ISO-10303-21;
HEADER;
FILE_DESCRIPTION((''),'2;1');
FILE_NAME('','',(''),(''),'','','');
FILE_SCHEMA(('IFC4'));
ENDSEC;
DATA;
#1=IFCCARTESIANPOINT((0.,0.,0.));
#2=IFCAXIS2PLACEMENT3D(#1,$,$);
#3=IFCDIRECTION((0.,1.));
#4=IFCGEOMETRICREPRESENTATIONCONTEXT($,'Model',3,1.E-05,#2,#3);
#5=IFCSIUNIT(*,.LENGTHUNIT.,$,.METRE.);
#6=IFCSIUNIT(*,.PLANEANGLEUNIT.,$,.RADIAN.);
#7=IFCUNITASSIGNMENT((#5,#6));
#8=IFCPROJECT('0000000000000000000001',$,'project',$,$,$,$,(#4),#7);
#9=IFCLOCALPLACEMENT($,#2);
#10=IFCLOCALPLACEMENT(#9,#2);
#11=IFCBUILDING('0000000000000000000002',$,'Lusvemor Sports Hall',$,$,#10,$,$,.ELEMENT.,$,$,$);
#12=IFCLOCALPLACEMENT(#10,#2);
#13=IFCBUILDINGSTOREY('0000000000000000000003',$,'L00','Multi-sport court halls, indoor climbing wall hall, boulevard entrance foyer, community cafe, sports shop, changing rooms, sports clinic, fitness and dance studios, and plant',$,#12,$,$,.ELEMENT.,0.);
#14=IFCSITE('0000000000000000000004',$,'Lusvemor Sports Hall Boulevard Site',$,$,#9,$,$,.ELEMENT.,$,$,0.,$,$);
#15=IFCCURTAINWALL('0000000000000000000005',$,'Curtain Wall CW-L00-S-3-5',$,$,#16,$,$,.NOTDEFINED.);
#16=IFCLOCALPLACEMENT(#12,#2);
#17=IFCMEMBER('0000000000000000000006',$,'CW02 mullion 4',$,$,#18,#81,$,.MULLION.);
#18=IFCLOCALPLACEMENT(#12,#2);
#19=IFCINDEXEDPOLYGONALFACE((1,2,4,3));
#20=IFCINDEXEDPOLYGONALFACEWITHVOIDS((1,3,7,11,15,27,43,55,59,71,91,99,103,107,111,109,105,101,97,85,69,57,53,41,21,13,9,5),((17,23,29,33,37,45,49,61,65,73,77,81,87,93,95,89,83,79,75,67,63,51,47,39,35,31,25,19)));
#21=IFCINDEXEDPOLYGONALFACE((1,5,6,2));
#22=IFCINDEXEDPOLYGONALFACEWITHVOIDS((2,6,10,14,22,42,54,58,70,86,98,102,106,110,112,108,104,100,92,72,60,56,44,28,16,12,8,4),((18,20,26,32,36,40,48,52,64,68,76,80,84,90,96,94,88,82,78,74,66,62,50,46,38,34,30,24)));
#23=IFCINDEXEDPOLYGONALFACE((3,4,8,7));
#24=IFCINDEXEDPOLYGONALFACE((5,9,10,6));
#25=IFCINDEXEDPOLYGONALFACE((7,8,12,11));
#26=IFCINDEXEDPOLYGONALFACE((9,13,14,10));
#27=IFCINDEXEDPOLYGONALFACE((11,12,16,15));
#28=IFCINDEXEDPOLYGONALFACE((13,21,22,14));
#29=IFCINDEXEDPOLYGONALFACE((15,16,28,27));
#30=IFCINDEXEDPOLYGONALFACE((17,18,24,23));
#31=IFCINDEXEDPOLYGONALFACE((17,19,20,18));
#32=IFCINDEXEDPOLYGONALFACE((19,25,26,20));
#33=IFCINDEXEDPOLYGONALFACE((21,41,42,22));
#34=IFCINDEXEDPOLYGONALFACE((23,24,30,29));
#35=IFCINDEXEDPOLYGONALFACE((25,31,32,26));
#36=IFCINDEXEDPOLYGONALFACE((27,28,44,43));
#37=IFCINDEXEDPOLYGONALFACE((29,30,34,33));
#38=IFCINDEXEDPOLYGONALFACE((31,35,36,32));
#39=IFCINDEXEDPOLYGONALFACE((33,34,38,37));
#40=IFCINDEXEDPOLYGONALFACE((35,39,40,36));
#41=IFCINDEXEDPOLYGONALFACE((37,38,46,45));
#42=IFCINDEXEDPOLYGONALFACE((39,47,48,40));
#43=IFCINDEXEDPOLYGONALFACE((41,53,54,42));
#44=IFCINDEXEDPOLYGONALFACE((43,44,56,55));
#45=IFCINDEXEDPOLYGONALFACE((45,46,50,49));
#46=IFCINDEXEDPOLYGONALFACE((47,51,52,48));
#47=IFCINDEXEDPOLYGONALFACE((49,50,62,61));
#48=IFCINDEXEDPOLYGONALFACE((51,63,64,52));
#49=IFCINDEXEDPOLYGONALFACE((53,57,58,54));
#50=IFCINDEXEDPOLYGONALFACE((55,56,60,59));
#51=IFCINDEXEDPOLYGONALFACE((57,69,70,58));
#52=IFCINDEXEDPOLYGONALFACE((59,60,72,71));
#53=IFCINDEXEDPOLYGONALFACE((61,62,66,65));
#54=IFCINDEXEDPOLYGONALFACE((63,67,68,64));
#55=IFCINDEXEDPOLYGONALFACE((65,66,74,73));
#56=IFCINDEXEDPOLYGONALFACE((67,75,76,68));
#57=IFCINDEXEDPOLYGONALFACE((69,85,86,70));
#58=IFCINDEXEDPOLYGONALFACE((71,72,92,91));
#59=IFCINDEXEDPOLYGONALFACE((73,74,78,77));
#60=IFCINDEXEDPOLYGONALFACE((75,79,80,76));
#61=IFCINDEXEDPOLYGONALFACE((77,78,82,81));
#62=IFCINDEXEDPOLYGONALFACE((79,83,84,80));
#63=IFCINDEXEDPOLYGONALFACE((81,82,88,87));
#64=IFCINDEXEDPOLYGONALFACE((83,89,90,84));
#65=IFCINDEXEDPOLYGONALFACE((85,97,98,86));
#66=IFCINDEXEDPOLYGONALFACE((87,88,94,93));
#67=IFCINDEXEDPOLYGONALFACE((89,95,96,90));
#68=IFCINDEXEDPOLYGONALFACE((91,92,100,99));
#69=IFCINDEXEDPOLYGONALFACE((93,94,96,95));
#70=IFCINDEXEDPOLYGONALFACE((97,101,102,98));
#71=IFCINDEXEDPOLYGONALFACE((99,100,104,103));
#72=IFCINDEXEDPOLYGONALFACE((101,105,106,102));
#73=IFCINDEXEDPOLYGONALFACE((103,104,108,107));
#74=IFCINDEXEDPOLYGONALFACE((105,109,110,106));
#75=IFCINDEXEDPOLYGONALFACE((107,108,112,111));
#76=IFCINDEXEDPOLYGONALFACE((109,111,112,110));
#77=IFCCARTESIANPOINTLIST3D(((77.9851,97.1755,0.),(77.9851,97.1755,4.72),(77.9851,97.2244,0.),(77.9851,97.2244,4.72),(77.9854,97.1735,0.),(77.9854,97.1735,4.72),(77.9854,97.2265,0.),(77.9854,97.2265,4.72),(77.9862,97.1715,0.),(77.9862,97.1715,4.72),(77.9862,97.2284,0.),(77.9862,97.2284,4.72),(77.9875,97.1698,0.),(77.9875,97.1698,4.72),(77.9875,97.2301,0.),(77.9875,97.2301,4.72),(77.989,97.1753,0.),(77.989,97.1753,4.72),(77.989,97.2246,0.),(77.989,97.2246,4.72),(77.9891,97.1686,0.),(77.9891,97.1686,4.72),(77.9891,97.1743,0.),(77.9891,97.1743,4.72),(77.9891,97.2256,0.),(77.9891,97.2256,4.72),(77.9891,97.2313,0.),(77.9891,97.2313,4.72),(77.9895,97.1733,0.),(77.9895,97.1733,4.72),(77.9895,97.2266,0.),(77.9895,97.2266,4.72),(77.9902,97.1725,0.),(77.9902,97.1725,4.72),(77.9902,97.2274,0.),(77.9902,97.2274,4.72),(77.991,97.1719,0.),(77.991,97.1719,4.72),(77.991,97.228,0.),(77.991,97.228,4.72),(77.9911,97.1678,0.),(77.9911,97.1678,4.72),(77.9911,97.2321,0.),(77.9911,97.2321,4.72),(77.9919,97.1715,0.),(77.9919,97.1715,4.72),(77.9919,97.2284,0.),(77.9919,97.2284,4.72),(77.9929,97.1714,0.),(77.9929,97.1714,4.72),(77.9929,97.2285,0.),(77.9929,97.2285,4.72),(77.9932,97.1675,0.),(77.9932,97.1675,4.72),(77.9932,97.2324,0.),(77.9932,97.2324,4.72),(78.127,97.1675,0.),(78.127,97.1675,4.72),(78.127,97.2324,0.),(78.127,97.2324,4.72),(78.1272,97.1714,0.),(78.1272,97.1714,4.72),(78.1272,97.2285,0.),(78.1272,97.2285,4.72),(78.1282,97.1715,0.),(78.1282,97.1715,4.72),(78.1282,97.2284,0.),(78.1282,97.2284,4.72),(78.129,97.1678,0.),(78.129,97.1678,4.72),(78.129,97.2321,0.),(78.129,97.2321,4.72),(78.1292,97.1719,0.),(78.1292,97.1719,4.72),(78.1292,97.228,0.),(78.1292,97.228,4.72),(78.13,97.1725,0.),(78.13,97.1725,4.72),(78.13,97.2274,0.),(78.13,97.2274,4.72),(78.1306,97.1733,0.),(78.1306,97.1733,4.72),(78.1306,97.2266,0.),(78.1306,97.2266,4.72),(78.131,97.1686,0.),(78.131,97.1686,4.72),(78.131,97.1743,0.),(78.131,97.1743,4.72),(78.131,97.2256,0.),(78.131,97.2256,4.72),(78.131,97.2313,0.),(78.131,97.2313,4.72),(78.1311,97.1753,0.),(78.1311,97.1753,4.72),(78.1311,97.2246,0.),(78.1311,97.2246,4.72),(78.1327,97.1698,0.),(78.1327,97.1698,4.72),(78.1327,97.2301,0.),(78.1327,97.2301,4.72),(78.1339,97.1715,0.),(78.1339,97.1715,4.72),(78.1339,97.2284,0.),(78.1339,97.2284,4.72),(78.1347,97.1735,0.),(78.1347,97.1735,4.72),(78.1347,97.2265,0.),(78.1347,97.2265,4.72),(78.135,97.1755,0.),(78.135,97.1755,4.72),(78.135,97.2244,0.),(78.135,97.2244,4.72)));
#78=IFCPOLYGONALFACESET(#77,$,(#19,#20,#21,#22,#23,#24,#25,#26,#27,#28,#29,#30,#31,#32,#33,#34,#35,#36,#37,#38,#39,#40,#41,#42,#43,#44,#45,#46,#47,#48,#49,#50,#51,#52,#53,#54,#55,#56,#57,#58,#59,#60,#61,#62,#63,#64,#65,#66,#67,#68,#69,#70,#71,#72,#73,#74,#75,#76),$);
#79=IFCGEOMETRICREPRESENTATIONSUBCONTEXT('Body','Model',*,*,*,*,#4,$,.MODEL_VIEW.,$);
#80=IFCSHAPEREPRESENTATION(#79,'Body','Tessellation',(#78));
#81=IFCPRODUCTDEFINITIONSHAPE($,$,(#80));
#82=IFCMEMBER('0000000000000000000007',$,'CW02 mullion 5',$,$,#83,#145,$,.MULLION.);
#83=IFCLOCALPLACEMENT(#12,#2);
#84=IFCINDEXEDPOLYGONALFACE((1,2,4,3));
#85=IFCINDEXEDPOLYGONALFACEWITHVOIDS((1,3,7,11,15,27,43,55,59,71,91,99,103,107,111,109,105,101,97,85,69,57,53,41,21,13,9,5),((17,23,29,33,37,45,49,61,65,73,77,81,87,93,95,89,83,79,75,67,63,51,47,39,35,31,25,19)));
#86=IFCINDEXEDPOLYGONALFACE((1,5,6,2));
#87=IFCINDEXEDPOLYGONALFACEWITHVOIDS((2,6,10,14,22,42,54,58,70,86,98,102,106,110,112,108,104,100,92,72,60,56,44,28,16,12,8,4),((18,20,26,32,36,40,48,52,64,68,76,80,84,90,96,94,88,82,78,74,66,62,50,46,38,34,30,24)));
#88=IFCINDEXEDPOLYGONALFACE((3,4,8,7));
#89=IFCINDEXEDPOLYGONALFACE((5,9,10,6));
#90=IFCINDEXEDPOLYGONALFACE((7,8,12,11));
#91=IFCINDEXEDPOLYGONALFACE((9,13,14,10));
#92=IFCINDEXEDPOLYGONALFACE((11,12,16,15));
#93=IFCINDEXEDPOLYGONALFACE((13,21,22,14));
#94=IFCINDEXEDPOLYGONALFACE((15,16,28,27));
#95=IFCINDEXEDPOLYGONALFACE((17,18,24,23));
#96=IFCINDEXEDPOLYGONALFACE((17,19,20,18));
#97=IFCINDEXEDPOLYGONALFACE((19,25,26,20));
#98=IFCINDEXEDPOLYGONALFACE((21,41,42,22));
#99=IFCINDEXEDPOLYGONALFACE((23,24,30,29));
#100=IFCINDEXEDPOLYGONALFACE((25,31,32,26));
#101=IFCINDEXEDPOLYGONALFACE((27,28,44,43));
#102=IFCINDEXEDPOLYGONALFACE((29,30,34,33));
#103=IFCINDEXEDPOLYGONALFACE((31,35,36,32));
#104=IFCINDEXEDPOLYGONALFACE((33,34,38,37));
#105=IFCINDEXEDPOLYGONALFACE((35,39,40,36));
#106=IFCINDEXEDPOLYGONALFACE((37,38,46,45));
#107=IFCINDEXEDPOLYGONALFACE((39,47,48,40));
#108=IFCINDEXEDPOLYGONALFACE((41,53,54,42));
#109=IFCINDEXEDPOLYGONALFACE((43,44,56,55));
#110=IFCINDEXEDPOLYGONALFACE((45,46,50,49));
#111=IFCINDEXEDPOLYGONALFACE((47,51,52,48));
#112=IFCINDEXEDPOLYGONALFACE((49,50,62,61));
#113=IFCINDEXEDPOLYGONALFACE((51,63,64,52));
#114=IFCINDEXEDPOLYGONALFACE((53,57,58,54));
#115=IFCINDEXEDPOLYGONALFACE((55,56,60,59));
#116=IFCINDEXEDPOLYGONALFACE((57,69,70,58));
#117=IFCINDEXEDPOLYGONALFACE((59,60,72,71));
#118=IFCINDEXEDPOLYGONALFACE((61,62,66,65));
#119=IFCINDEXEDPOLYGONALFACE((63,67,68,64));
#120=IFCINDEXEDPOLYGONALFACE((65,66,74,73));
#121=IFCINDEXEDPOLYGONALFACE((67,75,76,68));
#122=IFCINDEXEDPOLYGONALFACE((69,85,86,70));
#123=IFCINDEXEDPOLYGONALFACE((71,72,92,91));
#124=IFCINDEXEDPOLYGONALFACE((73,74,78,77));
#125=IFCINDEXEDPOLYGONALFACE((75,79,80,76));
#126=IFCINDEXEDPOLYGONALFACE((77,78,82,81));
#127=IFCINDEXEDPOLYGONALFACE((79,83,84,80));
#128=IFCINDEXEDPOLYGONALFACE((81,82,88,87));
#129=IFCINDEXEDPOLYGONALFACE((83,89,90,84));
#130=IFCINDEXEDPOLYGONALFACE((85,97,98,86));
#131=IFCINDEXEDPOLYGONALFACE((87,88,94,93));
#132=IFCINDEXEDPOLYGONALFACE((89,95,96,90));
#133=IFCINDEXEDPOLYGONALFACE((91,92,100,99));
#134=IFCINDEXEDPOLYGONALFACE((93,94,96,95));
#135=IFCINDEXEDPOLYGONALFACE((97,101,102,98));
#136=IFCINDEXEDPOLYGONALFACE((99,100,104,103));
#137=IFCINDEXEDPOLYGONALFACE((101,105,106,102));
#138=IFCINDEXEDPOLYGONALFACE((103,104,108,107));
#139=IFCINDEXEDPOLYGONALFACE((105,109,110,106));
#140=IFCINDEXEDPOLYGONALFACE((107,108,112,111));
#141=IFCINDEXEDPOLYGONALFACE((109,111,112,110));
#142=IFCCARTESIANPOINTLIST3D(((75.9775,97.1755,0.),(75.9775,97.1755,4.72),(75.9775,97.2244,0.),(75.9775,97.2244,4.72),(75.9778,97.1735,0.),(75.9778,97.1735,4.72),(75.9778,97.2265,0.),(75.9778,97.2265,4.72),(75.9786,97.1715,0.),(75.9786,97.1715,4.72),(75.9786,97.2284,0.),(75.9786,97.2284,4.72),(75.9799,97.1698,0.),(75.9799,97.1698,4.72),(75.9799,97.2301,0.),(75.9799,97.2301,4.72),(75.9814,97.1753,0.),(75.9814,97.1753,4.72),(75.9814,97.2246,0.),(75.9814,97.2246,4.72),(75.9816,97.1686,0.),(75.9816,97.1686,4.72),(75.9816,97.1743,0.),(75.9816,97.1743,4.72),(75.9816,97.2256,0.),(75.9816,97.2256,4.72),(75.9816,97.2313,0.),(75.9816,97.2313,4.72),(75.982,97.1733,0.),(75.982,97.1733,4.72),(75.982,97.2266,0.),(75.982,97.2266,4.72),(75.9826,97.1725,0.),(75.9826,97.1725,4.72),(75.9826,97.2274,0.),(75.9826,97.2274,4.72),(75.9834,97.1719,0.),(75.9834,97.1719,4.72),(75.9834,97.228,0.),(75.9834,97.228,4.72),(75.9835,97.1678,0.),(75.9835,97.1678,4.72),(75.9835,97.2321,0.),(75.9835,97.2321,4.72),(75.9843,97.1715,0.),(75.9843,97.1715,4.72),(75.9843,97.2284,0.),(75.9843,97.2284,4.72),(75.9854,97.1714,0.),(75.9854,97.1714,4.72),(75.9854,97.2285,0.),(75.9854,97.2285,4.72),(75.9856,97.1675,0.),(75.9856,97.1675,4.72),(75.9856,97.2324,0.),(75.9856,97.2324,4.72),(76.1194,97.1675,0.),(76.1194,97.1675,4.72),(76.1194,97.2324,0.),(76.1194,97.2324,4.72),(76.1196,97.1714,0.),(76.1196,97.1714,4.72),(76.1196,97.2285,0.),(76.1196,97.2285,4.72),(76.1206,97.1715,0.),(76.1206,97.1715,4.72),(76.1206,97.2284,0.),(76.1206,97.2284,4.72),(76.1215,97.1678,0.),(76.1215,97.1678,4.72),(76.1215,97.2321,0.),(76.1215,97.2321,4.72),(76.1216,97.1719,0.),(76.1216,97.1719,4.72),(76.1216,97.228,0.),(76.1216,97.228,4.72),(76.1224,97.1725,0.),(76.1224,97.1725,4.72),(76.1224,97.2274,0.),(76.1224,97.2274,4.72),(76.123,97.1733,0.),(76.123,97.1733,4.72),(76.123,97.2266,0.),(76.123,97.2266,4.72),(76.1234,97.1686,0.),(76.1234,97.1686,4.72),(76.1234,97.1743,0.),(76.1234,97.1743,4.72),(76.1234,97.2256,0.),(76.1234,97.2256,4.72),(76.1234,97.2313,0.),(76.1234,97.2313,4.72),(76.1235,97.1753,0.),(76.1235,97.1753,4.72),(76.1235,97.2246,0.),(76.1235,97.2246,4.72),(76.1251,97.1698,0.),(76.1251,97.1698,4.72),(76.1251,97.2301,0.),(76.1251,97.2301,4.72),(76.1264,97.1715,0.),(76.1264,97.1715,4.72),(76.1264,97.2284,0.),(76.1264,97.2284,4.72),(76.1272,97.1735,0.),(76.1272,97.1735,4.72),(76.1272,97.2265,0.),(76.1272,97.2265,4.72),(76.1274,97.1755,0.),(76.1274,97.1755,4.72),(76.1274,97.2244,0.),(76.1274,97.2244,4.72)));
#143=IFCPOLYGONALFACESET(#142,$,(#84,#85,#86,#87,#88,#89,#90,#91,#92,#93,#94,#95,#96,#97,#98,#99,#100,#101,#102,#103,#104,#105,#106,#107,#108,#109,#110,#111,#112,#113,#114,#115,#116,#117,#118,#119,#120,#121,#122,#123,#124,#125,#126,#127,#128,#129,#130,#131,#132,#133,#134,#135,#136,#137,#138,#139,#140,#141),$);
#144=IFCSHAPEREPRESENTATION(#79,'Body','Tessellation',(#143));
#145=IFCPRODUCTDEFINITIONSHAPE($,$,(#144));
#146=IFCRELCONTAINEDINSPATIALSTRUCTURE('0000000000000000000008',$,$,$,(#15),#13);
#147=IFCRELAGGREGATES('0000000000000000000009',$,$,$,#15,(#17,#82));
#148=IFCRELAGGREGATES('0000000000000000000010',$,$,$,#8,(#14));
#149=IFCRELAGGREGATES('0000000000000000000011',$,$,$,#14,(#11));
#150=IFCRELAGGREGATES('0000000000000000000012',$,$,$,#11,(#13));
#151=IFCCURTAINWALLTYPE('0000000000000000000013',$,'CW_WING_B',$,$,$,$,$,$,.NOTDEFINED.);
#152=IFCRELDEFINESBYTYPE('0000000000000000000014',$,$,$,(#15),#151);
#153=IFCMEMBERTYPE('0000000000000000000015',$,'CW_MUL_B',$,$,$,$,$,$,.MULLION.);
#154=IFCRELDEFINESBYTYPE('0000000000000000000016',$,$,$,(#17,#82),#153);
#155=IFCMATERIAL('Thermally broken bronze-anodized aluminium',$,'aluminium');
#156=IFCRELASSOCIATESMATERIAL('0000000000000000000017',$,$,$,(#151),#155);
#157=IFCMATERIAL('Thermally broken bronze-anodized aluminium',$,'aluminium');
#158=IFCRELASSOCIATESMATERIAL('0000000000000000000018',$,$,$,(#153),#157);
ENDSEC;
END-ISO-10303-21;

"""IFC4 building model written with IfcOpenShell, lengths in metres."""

from ifc_helpers import new_model, si_unit, direction, frame, origin, origin_2d, place, context, subcontext, project, spatial, hollow_rectangle, extrude, material, material_profile, profile_set, type_object, element, aggregate, save


model = new_model("IFC4")

# Units and contexts
model_context = context("Model", 3, precision=1e-05, world=origin(), true_north=direction((0.0, 1.0)))
body_context = subcontext(model_context, "Body", "Model", "MODEL_VIEW")
ifc_project = project(units=[si_unit("LENGTHUNIT", "METRE"), si_unit("PLANEANGLEUNIT", "RADIAN")], contexts=[model_context])

# Site, building, storey
site_placement = place(None, origin())
site = spatial("IfcSite", under=ifc_project, at=site_placement, Name="Lusvemor Sports Hall Boulevard Site", CompositionType="ELEMENT", RefElevation=0.0)
building_placement = place(site_placement, origin())
building = spatial("IfcBuilding", under=site, at=building_placement, Name="Lusvemor Sports Hall", CompositionType="ELEMENT")
storey_placement = place(building_placement, origin())
storey = spatial("IfcBuildingStorey", under=building, at=storey_placement, Name="L00", Description="Multi-sport court halls, indoor climbing wall hall, boulevard entrance foyer, community cafe, sports shop, changing rooms, sports clinic, fitness and dance studios, and plant", CompositionType="ELEMENT", Elevation=0.0)

# Curtain wall, members
ifc_material_1 = material(Name="Thermally broken bronze-anodized aluminium", Category="aluminium")
curtain_wall_type = type_object("IfcCurtainWallType", Name="CW_WING_B", PredefinedType="NOTDEFINED", material=ifc_material_1)
curtain_wall_placement = place(storey_placement, origin())
curtain_wall = element("IfcCurtainWall", 1, at=curtain_wall_placement, inside=storey, type_object=curtain_wall_type, Name="Curtain Wall CW-L00-S-3-5", PredefinedType="NOTDEFINED")
ifc_material_2 = material(Name="Thermally broken bronze-anodized aluminium", Category="aluminium")
ifc_material_profile_1 = material_profile(ifc_material_2, hollow_rectangle(XDim=0.0649, YDim=0.1499, WallThickness=0.0039, InnerFilletRadius=0.0039, OuterFilletRadius=0.0081, at=origin_2d()), Name="CWMUL150x65x4")
ifc_profile_set_1 = profile_set([ifc_material_profile_1], Name="Thermally broken bronze-anodized aluminium")
member_type_1 = type_object("IfcMemberType", Name="CW_MUL_B", PredefinedType="MULLION", material=ifc_profile_set_1)
member_1_placement = place(storey_placement, frame((78.0601, 97.2, 0.0), z_axis=(0.0, 0.0, 1.0), x_axis=(0.0, -1.0, 0.0)))
member_1 = element("IfcMember", 2, at=member_1_placement, type_object=member_type_1, Name="CW02 mullion 4", PredefinedType="MULLION", context=body_context, shape_type="SweptSolid", body=[
    extrude(hollow_rectangle(XDim=0.0649, YDim=0.1499, WallThickness=0.0039, InnerFilletRadius=0.0039, OuterFilletRadius=0.0081, at=origin_2d()), origin(), (0.0, 0.0, 1.0), 4.72),
])
member_2_placement = place(storey_placement, frame((76.0525, 97.2, 0.0), z_axis=(0.0, 0.0, 1.0), x_axis=(0.0, -1.0, 0.0)))
member_2 = element("IfcMember", 3, at=member_2_placement, type_object=member_type_1, Name="CW02 mullion 5", PredefinedType="MULLION", context=body_context, shape_type="SweptSolid", body=[
    extrude(hollow_rectangle(XDim=0.0649, YDim=0.1499, WallThickness=0.0039, InnerFilletRadius=0.0039, OuterFilletRadius=0.0081, at=origin_2d()), origin(), (0.0, 0.0, 1.0), 4.72),
])
aggregate(curtain_wall, [member_1, member_2])

save(model, "model.ifc")
